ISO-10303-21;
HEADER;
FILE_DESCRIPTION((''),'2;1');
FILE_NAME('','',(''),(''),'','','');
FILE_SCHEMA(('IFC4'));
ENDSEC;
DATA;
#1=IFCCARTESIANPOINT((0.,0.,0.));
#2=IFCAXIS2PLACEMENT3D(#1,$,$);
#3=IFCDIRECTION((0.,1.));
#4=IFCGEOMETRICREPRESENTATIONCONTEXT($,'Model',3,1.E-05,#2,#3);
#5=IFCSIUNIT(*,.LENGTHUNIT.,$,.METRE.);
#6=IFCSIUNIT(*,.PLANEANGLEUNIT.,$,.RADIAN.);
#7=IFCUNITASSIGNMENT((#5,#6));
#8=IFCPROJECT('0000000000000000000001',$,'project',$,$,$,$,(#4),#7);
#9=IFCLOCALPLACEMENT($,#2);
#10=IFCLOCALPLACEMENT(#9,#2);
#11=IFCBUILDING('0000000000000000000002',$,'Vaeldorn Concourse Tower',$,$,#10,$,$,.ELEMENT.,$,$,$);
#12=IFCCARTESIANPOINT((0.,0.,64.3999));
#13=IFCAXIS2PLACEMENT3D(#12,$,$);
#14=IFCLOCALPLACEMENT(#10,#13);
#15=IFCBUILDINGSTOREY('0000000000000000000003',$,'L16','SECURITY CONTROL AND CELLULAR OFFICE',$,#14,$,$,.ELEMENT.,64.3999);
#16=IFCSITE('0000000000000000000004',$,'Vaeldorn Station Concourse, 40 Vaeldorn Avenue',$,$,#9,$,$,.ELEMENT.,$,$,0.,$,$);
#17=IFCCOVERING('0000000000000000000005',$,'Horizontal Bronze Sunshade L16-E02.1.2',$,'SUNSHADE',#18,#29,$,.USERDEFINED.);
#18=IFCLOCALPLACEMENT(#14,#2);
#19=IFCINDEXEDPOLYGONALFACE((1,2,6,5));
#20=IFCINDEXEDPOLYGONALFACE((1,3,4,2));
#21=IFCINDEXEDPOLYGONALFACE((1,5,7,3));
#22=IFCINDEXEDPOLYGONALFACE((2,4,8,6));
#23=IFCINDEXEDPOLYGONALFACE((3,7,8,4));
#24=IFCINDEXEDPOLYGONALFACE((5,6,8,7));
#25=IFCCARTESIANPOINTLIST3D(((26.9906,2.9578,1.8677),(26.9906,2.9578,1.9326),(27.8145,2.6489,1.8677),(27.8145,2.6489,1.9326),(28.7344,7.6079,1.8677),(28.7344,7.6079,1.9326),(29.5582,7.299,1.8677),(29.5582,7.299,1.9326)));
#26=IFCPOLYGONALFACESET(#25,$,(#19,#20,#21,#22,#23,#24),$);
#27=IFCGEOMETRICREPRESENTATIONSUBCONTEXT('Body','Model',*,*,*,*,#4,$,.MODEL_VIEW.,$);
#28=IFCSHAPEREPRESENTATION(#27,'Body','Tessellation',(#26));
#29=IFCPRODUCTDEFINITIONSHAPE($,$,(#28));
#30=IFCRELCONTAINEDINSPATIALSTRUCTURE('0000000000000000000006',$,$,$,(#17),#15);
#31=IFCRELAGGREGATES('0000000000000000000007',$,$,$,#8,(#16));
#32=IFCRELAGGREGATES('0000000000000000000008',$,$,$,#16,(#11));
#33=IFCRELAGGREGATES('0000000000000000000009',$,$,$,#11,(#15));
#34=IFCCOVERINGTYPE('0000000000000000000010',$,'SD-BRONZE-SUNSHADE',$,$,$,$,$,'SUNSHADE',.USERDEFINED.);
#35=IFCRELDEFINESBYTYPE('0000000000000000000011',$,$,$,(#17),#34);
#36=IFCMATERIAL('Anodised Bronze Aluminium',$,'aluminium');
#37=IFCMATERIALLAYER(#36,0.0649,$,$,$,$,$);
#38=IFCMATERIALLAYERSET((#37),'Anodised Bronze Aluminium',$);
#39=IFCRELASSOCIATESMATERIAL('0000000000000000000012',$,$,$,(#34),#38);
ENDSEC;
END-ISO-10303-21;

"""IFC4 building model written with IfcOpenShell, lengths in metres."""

from ifc_helpers import new_model, si_unit, direction, frame, origin, origin_2d, place, context, subcontext, project, spatial, rectangle, extrude, source, transform, mapped, material, layer, layer_set, type_object, element, save


model = new_model("IFC4")

# Units and contexts
model_context = context("Model", 3, precision=1e-05, world=origin(), true_north=direction((0.0, 1.0)))
body_context = subcontext(model_context, "Body", "Model", "MODEL_VIEW")
ifc_project = project(units=[si_unit("LENGTHUNIT", "METRE"), si_unit("PLANEANGLEUNIT", "RADIAN")], contexts=[model_context])

# Site, building, storey
site_placement = place(None, origin())
site = spatial("IfcSite", under=ifc_project, at=site_placement, Name="Vaeldorn Station Concourse, 40 Vaeldorn Avenue", CompositionType="ELEMENT", RefElevation=0.0)
building_placement = place(site_placement, origin())
building = spatial("IfcBuilding", under=site, at=building_placement, Name="Vaeldorn Concourse Tower", CompositionType="ELEMENT")
storey_placement = place(building_placement, frame((0.0, 0.0, 64.3999)))
storey = spatial("IfcBuildingStorey", under=building, at=storey_placement, Name="L16", Description="SECURITY CONTROL AND CELLULAR OFFICE", CompositionType="ELEMENT", Elevation=64.3999)

# Shared definitions
ifc_material_1 = material(Name="Anodised Bronze Aluminium", Category="aluminium")

# Covering
ifc_layer_1 = layer(ifc_material_1, 0.0649)
ifc_layer_set_1 = layer_set([ifc_layer_1], Name="Anodised Bronze Aluminium")
covering_type = type_object("IfcCoveringType", Name="SD-BRONZE-SUNSHADE", ElementType="SUNSHADE", PredefinedType="USERDEFINED", material=ifc_layer_set_1)
shared_shape_1 = source(origin(), body_context, "Body", "SweptSolid", [
    extrude(rectangle(XDim=4.9663, YDim=0.8799, at=origin_2d()), origin(), (0.0, 0.0, 1.0), 0.0649),
])
for number, where, z_axis, x_axis, name in (
    (1, (28.2744, 5.1284, 1.8677), (0.0, 0.0, 1.0), (0.351123, 0.936329, 0.0), "Horizontal Bronze Sunshade L16-E02.1.2"),
):
    element("IfcCovering", number, at=place(storey_placement, frame(where, z_axis=z_axis, x_axis=x_axis)), inside=storey, type_object=covering_type, Name=name, ObjectType="SUNSHADE", PredefinedType="USERDEFINED", context=body_context, shape_type="MappedRepresentation", body=[
        mapped(shared_shape_1, transform((0.0, 0.0, 0.0), scale=1.0)),
    ])

save(model, "model.ifc")
